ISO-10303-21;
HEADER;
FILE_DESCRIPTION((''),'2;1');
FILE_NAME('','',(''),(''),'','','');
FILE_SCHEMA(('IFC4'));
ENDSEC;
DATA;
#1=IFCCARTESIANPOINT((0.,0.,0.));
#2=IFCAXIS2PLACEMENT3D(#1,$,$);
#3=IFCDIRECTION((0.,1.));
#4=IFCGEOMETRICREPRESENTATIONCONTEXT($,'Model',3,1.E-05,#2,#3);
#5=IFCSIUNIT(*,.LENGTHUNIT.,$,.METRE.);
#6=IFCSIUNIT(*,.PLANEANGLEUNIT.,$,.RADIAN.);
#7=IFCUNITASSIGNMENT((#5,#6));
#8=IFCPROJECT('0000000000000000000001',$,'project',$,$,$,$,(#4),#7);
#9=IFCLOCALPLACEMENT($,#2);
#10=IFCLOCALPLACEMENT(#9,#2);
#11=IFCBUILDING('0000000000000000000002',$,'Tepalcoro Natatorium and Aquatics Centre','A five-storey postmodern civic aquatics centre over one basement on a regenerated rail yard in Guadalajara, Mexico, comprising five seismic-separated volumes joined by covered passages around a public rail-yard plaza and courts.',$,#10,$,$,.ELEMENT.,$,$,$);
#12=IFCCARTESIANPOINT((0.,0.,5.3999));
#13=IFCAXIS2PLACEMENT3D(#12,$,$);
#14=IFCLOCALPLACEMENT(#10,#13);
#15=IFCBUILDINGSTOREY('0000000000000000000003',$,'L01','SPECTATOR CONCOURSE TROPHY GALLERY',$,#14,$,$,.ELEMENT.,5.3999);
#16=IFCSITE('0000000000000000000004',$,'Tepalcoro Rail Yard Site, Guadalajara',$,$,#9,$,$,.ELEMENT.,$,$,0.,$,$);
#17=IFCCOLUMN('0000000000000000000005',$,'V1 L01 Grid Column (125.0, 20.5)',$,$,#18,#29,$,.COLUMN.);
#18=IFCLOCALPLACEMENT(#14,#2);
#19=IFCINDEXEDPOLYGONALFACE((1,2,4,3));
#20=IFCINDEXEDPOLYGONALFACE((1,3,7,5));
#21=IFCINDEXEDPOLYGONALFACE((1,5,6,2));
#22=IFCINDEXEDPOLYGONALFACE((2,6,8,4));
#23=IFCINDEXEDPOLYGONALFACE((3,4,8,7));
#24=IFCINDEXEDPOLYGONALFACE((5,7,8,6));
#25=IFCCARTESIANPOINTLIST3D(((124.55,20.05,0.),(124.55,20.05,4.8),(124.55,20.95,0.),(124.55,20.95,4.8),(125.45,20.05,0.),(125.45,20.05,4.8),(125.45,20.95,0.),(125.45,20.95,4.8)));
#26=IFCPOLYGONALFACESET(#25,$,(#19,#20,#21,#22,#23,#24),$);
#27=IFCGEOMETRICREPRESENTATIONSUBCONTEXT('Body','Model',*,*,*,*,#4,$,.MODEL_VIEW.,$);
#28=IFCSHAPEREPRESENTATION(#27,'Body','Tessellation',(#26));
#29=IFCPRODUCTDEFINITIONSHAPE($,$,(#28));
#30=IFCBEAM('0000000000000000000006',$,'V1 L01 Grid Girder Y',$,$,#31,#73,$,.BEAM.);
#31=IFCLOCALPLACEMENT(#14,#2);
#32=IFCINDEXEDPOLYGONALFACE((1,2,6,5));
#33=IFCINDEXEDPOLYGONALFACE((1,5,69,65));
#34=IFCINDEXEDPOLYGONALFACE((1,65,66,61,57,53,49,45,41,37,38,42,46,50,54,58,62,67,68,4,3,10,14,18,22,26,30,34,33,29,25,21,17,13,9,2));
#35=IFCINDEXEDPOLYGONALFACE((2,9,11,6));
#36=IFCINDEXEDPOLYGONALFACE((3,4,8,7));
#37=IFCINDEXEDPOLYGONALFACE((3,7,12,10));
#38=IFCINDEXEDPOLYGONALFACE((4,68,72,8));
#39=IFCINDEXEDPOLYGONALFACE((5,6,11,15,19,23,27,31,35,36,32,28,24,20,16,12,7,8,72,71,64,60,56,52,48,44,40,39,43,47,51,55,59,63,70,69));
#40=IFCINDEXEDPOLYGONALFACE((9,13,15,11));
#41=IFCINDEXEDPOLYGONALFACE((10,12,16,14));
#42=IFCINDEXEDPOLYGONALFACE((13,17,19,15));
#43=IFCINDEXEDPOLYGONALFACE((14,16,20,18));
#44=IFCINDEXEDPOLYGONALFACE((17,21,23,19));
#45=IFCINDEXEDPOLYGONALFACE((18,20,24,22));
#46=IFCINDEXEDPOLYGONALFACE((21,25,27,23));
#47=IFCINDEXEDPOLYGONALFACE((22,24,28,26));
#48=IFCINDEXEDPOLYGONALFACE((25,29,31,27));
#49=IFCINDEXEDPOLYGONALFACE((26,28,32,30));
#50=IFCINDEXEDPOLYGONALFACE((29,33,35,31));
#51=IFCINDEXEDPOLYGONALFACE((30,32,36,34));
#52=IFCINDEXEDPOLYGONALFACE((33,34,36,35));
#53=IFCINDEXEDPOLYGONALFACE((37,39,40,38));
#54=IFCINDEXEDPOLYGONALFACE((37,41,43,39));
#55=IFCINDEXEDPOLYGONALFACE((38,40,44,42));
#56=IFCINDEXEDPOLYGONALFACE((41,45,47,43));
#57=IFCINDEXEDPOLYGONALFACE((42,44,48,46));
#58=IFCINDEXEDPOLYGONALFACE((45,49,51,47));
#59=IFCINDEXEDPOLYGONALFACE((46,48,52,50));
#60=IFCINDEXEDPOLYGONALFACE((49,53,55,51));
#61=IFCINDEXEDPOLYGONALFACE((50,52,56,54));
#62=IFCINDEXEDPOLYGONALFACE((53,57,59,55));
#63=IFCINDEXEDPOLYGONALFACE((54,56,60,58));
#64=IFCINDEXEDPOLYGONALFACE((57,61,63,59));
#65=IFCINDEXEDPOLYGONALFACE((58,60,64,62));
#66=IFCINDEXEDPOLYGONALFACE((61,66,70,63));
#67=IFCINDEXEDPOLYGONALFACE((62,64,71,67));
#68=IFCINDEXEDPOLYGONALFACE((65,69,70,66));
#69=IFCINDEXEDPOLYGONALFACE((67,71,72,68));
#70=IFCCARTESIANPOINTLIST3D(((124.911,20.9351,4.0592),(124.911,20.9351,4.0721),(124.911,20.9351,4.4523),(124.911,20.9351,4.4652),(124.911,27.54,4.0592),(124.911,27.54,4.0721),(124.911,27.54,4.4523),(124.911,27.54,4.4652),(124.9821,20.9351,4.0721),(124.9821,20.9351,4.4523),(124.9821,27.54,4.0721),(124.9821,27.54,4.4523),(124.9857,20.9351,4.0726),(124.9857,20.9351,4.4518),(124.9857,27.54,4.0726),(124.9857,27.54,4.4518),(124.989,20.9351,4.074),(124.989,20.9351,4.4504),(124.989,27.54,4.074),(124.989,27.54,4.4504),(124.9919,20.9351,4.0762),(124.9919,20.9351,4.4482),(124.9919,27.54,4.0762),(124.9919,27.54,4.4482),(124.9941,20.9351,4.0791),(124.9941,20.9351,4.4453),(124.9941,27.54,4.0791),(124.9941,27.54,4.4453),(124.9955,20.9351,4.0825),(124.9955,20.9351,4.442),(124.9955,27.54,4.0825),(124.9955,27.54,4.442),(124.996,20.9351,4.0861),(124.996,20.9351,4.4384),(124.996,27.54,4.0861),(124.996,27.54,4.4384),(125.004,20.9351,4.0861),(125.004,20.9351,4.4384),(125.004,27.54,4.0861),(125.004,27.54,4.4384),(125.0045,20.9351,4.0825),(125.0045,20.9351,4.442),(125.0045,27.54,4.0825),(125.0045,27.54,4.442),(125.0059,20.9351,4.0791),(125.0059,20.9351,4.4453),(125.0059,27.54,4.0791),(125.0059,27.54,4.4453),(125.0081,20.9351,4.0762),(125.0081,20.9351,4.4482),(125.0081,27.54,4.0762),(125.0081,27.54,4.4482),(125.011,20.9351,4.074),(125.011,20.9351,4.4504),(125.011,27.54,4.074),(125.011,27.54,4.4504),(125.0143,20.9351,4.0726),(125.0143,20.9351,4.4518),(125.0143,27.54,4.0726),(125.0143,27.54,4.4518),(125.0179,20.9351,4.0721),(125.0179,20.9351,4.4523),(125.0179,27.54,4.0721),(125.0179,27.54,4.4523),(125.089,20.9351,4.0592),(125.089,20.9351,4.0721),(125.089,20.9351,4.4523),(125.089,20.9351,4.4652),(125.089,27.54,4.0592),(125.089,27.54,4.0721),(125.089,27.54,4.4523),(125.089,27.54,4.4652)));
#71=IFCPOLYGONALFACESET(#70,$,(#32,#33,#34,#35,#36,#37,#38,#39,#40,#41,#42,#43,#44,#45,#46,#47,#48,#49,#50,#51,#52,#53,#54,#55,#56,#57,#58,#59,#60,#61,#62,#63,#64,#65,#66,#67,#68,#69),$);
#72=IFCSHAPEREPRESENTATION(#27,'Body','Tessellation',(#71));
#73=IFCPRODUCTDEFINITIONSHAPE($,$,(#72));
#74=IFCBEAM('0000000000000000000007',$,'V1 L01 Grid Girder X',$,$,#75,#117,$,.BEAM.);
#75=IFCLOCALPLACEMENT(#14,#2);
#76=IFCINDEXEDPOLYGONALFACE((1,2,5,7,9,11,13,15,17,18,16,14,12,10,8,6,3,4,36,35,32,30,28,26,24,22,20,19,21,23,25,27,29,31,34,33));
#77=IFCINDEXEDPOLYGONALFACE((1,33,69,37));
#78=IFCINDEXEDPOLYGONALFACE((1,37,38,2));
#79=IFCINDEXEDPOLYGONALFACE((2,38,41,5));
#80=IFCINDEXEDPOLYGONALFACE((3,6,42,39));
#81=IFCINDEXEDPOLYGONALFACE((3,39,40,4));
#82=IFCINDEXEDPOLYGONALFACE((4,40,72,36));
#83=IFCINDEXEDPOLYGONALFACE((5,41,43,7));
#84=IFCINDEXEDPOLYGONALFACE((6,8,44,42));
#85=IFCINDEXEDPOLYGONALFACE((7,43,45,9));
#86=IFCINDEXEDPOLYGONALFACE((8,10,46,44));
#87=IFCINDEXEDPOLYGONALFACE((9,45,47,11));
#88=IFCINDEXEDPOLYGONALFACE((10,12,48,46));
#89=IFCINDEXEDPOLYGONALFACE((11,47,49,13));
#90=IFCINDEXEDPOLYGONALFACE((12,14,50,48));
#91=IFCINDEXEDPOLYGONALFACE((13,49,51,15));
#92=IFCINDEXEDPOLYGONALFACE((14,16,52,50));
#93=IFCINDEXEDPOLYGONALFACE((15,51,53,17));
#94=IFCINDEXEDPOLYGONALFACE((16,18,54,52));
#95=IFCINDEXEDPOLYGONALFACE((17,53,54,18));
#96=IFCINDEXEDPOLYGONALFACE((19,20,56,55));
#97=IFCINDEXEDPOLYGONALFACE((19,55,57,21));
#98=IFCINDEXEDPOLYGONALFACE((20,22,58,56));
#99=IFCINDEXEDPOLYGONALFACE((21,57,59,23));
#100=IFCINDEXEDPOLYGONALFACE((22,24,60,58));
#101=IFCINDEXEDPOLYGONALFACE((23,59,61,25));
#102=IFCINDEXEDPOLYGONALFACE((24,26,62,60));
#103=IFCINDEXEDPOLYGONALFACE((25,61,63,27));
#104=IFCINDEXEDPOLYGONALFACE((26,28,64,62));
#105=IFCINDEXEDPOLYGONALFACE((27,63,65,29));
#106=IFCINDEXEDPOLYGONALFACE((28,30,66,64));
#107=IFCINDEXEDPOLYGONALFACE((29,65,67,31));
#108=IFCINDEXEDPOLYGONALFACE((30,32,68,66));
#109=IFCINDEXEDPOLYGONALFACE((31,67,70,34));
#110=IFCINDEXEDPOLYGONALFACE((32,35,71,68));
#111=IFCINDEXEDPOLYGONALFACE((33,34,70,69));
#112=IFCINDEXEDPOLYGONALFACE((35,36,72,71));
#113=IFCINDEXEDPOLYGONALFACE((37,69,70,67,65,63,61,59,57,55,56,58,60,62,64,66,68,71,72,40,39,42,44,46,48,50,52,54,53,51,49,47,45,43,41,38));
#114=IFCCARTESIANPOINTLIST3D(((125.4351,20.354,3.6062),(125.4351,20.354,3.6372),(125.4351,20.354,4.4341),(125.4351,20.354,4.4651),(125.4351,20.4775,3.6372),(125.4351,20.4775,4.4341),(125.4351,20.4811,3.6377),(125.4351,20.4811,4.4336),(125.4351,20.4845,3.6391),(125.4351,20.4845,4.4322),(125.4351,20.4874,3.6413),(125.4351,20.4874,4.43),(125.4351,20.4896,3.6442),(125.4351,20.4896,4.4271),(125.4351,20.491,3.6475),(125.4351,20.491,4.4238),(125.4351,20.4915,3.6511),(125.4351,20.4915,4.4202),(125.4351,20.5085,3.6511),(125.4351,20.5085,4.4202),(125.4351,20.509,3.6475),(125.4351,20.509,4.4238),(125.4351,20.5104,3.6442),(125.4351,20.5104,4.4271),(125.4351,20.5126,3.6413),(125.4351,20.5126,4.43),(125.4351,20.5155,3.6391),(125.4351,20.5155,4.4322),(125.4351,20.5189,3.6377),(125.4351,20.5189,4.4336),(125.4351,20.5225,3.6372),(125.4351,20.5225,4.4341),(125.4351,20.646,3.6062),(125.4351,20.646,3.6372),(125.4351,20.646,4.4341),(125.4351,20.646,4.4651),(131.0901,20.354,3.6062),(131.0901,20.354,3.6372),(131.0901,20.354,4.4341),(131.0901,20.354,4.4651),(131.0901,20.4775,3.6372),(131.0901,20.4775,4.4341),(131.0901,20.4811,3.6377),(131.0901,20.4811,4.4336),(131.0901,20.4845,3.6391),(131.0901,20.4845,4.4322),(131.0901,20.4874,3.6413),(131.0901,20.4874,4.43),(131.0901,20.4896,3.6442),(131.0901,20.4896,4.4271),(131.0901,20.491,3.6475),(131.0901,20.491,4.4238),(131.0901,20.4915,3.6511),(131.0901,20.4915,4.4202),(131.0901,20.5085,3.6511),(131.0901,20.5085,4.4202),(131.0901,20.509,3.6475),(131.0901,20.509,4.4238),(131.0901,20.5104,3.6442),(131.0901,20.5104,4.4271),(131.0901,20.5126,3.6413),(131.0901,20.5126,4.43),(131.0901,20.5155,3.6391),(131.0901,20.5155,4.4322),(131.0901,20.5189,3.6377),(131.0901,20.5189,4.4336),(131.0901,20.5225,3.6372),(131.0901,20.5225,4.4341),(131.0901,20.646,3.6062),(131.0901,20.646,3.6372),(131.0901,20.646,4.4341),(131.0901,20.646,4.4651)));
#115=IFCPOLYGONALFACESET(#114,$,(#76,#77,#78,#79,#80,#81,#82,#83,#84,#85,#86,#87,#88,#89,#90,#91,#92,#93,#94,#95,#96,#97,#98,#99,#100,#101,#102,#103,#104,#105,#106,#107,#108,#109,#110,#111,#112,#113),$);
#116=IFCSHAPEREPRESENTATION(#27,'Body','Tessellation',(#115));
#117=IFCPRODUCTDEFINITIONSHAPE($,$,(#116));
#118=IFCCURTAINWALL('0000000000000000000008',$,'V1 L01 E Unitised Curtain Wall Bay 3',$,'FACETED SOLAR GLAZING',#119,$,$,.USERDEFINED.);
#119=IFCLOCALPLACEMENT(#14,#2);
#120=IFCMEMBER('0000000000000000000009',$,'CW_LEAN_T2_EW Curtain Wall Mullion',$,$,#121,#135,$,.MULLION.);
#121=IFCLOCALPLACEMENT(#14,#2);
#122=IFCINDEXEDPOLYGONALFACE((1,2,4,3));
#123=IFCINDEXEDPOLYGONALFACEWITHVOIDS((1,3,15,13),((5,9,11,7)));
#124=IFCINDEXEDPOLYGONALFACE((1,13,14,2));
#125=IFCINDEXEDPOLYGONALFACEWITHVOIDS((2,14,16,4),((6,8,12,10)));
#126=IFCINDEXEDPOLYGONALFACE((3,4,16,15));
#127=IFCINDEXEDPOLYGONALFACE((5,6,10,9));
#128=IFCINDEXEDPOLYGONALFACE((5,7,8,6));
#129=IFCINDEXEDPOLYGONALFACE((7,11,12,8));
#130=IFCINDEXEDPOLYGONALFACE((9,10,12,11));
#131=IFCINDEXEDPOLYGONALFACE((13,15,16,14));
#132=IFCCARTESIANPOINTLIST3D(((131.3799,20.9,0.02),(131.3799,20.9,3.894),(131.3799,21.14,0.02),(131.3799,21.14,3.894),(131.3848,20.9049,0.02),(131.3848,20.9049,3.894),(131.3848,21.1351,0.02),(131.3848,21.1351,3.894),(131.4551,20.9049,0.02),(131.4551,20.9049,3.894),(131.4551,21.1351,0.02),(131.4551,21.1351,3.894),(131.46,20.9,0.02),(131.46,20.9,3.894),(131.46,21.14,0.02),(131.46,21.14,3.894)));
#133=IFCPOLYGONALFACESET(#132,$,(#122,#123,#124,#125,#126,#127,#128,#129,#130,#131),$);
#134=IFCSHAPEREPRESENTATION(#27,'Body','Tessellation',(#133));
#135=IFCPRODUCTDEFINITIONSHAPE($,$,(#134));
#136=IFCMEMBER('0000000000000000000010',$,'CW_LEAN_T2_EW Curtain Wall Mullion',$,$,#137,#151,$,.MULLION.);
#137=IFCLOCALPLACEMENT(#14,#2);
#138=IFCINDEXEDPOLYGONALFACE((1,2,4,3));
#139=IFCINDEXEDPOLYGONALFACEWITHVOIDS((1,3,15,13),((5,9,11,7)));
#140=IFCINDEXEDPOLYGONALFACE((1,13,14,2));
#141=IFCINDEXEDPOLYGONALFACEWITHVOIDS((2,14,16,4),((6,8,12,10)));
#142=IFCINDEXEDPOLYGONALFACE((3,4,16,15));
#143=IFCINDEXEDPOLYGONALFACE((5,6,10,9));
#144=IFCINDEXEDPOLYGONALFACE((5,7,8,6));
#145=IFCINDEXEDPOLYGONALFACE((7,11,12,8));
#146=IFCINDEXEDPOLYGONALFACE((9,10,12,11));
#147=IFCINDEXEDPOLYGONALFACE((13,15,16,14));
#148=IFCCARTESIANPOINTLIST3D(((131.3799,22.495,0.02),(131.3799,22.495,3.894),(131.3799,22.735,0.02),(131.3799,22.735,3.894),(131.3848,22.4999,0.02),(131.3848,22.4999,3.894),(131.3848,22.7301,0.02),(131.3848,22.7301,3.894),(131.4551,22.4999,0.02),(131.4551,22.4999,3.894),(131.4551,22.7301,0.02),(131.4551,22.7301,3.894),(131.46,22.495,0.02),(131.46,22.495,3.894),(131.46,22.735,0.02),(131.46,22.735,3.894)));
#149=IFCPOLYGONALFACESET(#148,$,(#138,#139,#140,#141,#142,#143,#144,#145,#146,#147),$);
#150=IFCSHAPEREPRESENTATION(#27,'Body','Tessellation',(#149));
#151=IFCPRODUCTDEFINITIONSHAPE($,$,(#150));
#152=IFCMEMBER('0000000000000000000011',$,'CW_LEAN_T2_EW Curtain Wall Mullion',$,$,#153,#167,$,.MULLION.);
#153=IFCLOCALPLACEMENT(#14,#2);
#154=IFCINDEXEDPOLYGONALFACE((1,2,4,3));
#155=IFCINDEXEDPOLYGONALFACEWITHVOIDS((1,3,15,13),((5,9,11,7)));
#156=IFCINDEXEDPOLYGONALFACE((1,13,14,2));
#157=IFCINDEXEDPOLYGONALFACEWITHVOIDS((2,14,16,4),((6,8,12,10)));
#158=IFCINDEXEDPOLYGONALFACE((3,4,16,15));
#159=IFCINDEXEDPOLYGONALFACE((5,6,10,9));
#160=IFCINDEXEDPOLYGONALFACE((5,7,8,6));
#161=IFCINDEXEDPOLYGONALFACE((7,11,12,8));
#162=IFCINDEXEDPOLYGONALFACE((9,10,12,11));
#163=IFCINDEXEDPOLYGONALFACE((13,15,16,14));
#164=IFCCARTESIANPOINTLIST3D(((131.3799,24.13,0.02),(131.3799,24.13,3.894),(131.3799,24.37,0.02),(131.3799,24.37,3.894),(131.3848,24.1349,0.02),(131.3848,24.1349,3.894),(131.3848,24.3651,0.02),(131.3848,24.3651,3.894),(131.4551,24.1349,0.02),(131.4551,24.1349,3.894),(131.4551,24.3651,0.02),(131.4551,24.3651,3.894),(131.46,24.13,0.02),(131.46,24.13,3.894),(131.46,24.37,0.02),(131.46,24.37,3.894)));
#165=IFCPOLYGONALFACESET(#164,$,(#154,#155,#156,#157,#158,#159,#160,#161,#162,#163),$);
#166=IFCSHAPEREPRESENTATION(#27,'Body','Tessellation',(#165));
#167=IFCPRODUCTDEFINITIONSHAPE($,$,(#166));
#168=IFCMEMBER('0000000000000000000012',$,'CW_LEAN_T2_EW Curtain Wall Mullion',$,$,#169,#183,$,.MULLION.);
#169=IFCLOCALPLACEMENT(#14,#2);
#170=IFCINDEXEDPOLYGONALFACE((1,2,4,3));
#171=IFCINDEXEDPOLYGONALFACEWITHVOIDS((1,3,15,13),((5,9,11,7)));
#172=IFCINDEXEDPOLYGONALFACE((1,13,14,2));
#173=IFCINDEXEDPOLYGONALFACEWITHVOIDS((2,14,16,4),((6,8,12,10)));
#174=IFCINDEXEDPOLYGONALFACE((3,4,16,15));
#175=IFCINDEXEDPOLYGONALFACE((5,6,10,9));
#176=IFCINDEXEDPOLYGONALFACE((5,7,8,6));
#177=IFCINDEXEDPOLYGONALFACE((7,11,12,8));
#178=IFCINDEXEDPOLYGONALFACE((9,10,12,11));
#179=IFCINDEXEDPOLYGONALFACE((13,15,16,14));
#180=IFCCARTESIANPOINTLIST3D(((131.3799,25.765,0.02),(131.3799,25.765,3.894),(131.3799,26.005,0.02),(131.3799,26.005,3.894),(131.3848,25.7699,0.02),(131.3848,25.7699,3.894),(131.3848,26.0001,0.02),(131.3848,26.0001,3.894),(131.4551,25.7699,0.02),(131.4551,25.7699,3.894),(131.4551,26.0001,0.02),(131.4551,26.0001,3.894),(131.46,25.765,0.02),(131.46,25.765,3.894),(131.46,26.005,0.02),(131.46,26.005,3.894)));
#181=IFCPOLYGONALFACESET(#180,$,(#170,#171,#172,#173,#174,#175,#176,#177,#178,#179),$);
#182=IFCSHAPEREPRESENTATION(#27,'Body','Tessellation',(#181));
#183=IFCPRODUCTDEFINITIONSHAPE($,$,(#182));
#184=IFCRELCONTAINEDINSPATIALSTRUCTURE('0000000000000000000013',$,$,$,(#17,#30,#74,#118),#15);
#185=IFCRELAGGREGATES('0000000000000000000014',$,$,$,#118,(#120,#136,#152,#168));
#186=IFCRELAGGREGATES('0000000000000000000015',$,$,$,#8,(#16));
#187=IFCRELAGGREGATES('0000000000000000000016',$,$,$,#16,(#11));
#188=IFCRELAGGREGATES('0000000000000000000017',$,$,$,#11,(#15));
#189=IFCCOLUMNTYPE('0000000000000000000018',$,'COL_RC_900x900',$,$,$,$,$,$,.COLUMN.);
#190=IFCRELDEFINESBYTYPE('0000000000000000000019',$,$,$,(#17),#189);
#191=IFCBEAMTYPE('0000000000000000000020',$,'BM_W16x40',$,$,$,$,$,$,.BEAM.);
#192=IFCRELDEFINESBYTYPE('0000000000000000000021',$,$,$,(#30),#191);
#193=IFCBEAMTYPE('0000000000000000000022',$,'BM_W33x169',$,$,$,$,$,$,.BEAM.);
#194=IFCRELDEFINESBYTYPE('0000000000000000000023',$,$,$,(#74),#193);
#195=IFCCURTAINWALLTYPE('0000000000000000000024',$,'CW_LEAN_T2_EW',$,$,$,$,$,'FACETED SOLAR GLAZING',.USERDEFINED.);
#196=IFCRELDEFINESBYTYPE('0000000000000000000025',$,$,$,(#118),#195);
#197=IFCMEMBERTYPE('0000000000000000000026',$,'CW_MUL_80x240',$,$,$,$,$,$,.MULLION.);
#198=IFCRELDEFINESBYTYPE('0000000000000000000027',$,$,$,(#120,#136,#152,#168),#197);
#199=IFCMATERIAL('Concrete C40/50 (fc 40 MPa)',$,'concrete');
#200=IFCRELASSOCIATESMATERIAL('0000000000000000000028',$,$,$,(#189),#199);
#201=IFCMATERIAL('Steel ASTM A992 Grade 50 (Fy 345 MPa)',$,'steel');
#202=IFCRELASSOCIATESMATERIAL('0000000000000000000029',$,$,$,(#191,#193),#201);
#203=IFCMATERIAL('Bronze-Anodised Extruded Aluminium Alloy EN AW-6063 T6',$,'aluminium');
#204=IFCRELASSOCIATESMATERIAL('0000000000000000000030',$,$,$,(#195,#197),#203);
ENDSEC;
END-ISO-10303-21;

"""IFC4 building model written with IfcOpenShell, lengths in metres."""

from ifc_helpers import new_model, si_unit, direction, frame, origin, origin_2d, place, context, subcontext, project, spatial, rectangle, hollow_rectangle, i_section, extrude, material, material_profile, profile_set, type_object, element, aggregate, save


model = new_model("IFC4")

# Units and contexts
model_context = context("Model", 3, precision=1e-05, world=origin(), true_north=direction((0.0, 1.0)))
body_context = subcontext(model_context, "Body", "Model", "MODEL_VIEW")
ifc_project = project(units=[si_unit("LENGTHUNIT", "METRE"), si_unit("PLANEANGLEUNIT", "RADIAN")], contexts=[model_context])

# Site, building, storey
site_placement = place(None, origin())
site = spatial("IfcSite", under=ifc_project, at=site_placement, Name="Tepalcoro Rail Yard Site, Guadalajara", CompositionType="ELEMENT", RefElevation=0.0)
building_placement = place(site_placement, origin())
building = spatial("IfcBuilding", under=site, at=building_placement, Name="Tepalcoro Natatorium and Aquatics Centre", Description="A five-storey postmodern civic aquatics centre over one basement on a regenerated rail yard in Guadalajara, Mexico, comprising five seismic-separated volumes joined by covered passages around a public rail-yard plaza and courts.", CompositionType="ELEMENT")
storey_placement = place(building_placement, frame((0.0, 0.0, 5.3999)))
storey = spatial("IfcBuildingStorey", under=building, at=storey_placement, Name="L01", Description="SPECTATOR CONCOURSE TROPHY GALLERY", CompositionType="ELEMENT", Elevation=5.3999)

# Column
ifc_material_1 = material(Name="Concrete C40/50 (fc 40 MPa)", Category="concrete")
ifc_material_profile_1 = material_profile(ifc_material_1, rectangle(XDim=0.8999, YDim=0.8999, at=origin_2d()), Name="RC900x900")
ifc_profile_set_1 = profile_set([ifc_material_profile_1], Name="Concrete C40/50 (fc 40 MPa)")
column_type = type_object("IfcColumnType", Name="COL_RC_900x900", PredefinedType="COLUMN", material=ifc_profile_set_1)
column_placement = place(storey_placement, frame((125.0, 20.5, 0.0), z_axis=(0.0, 0.0, 1.0), x_axis=(1.0, 0.0, 0.0)))
element("IfcColumn", 1, at=column_placement, inside=storey, type_object=column_type, Name="V1 L01 Grid Column (125.0, 20.5)", PredefinedType="COLUMN", context=body_context, shape_type="SweptSolid", body=[
    extrude(rectangle(XDim=0.8999, YDim=0.8999, at=origin_2d()), origin(), (0.0, 0.0, 1.0), 4.8),
])

# Beams
ifc_material_2 = material(Name="Steel ASTM A992 Grade 50 (Fy 345 MPa)", Category="steel")
ifc_material_profile_2 = material_profile(ifc_material_2, i_section(OverallWidth=0.178, OverallDepth=0.406, WebThickness=0.0081, FlangeThickness=0.0129, FilletRadius=0.0139, at=origin_2d()), Name="W16X40")
ifc_profile_set_2 = profile_set([ifc_material_profile_2], Name="Steel ASTM A992 Grade 50 (Fy 345 MPa)")
beam_type_1 = type_object("IfcBeamType", Name="BM_W16x40", PredefinedType="BEAM", material=ifc_profile_set_2)
beam_1_placement = place(storey_placement, frame((125.0, 20.9351, 4.2622), z_axis=(0.0, 1.0, 0.0), x_axis=(-1.0, 0.0, 0.0)))
element("IfcBeam", 2, at=beam_1_placement, inside=storey, type_object=beam_type_1, Name="V1 L01 Grid Girder Y", PredefinedType="BEAM", context=body_context, shape_type="SweptSolid", body=[
    extrude(i_section(OverallWidth=0.178, OverallDepth=0.406, WebThickness=0.0081, FlangeThickness=0.0129, FilletRadius=0.0139, at=origin_2d()), origin(), (0.0, 0.0, 1.0), 6.605),
])
ifc_material_profile_3 = material_profile(ifc_material_2, i_section(OverallWidth=0.292, OverallDepth=0.8589, WebThickness=0.0171, FlangeThickness=0.031, FilletRadius=0.0139, at=origin_2d()), Name="W33X169")
ifc_profile_set_3 = profile_set([ifc_material_profile_3], Name="Steel ASTM A992 Grade 50 (Fy 345 MPa)")
beam_type_2 = type_object("IfcBeamType", Name="BM_W33x169", PredefinedType="BEAM", material=ifc_profile_set_3)
beam_2_placement = place(storey_placement, frame((125.4351, 20.5, 4.0356), z_axis=(1.0, 0.0, 0.0), x_axis=(0.0, 1.0, 0.0)))
element("IfcBeam", 3, at=beam_2_placement, inside=storey, type_object=beam_type_2, Name="V1 L01 Grid Girder X", PredefinedType="BEAM", context=body_context, shape_type="SweptSolid", body=[
    extrude(i_section(OverallWidth=0.292, OverallDepth=0.8589, WebThickness=0.0171, FlangeThickness=0.031, FilletRadius=0.0139, at=origin_2d()), origin(), (0.0, 0.0, 1.0), 5.655),
])

# Curtain wall, members
ifc_material_3 = material(Name="Bronze-Anodised Extruded Aluminium Alloy EN AW-6063 T6", Category="aluminium")
curtain_wall_type_1 = type_object("IfcCurtainWallType", Name="CW_LEAN_T2_EW", ElementType="FACETED SOLAR GLAZING", PredefinedType="USERDEFINED", material=ifc_material_3)
curtain_wall_1_placement = place(storey_placement, origin())
curtain_wall_1 = element("IfcCurtainWall", 4, at=curtain_wall_1_placement, inside=storey, type_object=curtain_wall_type_1, Name="V1 L01 E Unitised Curtain Wall Bay 3", ObjectType="FACETED SOLAR GLAZING", PredefinedType="USERDEFINED")
ifc_material_profile_4 = material_profile(ifc_material_3, hollow_rectangle(XDim=0.0801, YDim=0.24, WallThickness=0.0049, at=origin_2d()), Name="AL80X240X5")
ifc_profile_set_4 = profile_set([ifc_material_profile_4], Name="Bronze-Anodised Extruded Aluminium Alloy EN AW-6063 T6")
member_type_1 = type_object("IfcMemberType", Name="CW_MUL_80x240", PredefinedType="MULLION", material=ifc_profile_set_4)
member_1_placement = place(storey_placement, frame((131.4199, 21.02, 0.02), z_axis=(0.0, 0.0, 1.0), x_axis=(1.0, 0.0, 0.0)))
member_1 = element("IfcMember", 5, at=member_1_placement, type_object=member_type_1, Name="CW_LEAN_T2_EW Curtain Wall Mullion", PredefinedType="MULLION", context=body_context, shape_type="SweptSolid", body=[
    extrude(hollow_rectangle(XDim=0.0801, YDim=0.24, WallThickness=0.0049, at=origin_2d()), origin(), (0.0, 0.0, 1.0), 3.874),
])
member_2_placement = place(storey_placement, frame((131.4199, 22.615, 0.02), z_axis=(0.0, 0.0, 1.0), x_axis=(1.0, 0.0, 0.0)))
member_2 = element("IfcMember", 6, at=member_2_placement, type_object=member_type_1, Name="CW_LEAN_T2_EW Curtain Wall Mullion", PredefinedType="MULLION", context=body_context, shape_type="SweptSolid", body=[
    extrude(hollow_rectangle(XDim=0.0801, YDim=0.24, WallThickness=0.0049, at=origin_2d()), origin(), (0.0, 0.0, 1.0), 3.874),
])
member_3_placement = place(storey_placement, frame((131.4199, 24.25, 0.02), z_axis=(0.0, 0.0, 1.0), x_axis=(1.0, 0.0, 0.0)))
member_3 = element("IfcMember", 7, at=member_3_placement, type_object=member_type_1, Name="CW_LEAN_T2_EW Curtain Wall Mullion", PredefinedType="MULLION", context=body_context, shape_type="SweptSolid", body=[
    extrude(hollow_rectangle(XDim=0.0801, YDim=0.24, WallThickness=0.0049, at=origin_2d()), origin(), (0.0, 0.0, 1.0), 3.874),
])
member_4_placement = place(storey_placement, frame((131.4199, 25.885, 0.02), z_axis=(0.0, 0.0, 1.0), x_axis=(1.0, 0.0, 0.0)))
member_4 = element("IfcMember", 8, at=member_4_placement, type_object=member_type_1, Name="CW_LEAN_T2_EW Curtain Wall Mullion", PredefinedType="MULLION", context=body_context, shape_type="SweptSolid", body=[
    extrude(hollow_rectangle(XDim=0.0801, YDim=0.24, WallThickness=0.0049, at=origin_2d()), origin(), (0.0, 0.0, 1.0), 3.874),
])

aggregate(curtain_wall_1, [member_1, member_2, member_3, member_4])

save(model, "model.ifc")
